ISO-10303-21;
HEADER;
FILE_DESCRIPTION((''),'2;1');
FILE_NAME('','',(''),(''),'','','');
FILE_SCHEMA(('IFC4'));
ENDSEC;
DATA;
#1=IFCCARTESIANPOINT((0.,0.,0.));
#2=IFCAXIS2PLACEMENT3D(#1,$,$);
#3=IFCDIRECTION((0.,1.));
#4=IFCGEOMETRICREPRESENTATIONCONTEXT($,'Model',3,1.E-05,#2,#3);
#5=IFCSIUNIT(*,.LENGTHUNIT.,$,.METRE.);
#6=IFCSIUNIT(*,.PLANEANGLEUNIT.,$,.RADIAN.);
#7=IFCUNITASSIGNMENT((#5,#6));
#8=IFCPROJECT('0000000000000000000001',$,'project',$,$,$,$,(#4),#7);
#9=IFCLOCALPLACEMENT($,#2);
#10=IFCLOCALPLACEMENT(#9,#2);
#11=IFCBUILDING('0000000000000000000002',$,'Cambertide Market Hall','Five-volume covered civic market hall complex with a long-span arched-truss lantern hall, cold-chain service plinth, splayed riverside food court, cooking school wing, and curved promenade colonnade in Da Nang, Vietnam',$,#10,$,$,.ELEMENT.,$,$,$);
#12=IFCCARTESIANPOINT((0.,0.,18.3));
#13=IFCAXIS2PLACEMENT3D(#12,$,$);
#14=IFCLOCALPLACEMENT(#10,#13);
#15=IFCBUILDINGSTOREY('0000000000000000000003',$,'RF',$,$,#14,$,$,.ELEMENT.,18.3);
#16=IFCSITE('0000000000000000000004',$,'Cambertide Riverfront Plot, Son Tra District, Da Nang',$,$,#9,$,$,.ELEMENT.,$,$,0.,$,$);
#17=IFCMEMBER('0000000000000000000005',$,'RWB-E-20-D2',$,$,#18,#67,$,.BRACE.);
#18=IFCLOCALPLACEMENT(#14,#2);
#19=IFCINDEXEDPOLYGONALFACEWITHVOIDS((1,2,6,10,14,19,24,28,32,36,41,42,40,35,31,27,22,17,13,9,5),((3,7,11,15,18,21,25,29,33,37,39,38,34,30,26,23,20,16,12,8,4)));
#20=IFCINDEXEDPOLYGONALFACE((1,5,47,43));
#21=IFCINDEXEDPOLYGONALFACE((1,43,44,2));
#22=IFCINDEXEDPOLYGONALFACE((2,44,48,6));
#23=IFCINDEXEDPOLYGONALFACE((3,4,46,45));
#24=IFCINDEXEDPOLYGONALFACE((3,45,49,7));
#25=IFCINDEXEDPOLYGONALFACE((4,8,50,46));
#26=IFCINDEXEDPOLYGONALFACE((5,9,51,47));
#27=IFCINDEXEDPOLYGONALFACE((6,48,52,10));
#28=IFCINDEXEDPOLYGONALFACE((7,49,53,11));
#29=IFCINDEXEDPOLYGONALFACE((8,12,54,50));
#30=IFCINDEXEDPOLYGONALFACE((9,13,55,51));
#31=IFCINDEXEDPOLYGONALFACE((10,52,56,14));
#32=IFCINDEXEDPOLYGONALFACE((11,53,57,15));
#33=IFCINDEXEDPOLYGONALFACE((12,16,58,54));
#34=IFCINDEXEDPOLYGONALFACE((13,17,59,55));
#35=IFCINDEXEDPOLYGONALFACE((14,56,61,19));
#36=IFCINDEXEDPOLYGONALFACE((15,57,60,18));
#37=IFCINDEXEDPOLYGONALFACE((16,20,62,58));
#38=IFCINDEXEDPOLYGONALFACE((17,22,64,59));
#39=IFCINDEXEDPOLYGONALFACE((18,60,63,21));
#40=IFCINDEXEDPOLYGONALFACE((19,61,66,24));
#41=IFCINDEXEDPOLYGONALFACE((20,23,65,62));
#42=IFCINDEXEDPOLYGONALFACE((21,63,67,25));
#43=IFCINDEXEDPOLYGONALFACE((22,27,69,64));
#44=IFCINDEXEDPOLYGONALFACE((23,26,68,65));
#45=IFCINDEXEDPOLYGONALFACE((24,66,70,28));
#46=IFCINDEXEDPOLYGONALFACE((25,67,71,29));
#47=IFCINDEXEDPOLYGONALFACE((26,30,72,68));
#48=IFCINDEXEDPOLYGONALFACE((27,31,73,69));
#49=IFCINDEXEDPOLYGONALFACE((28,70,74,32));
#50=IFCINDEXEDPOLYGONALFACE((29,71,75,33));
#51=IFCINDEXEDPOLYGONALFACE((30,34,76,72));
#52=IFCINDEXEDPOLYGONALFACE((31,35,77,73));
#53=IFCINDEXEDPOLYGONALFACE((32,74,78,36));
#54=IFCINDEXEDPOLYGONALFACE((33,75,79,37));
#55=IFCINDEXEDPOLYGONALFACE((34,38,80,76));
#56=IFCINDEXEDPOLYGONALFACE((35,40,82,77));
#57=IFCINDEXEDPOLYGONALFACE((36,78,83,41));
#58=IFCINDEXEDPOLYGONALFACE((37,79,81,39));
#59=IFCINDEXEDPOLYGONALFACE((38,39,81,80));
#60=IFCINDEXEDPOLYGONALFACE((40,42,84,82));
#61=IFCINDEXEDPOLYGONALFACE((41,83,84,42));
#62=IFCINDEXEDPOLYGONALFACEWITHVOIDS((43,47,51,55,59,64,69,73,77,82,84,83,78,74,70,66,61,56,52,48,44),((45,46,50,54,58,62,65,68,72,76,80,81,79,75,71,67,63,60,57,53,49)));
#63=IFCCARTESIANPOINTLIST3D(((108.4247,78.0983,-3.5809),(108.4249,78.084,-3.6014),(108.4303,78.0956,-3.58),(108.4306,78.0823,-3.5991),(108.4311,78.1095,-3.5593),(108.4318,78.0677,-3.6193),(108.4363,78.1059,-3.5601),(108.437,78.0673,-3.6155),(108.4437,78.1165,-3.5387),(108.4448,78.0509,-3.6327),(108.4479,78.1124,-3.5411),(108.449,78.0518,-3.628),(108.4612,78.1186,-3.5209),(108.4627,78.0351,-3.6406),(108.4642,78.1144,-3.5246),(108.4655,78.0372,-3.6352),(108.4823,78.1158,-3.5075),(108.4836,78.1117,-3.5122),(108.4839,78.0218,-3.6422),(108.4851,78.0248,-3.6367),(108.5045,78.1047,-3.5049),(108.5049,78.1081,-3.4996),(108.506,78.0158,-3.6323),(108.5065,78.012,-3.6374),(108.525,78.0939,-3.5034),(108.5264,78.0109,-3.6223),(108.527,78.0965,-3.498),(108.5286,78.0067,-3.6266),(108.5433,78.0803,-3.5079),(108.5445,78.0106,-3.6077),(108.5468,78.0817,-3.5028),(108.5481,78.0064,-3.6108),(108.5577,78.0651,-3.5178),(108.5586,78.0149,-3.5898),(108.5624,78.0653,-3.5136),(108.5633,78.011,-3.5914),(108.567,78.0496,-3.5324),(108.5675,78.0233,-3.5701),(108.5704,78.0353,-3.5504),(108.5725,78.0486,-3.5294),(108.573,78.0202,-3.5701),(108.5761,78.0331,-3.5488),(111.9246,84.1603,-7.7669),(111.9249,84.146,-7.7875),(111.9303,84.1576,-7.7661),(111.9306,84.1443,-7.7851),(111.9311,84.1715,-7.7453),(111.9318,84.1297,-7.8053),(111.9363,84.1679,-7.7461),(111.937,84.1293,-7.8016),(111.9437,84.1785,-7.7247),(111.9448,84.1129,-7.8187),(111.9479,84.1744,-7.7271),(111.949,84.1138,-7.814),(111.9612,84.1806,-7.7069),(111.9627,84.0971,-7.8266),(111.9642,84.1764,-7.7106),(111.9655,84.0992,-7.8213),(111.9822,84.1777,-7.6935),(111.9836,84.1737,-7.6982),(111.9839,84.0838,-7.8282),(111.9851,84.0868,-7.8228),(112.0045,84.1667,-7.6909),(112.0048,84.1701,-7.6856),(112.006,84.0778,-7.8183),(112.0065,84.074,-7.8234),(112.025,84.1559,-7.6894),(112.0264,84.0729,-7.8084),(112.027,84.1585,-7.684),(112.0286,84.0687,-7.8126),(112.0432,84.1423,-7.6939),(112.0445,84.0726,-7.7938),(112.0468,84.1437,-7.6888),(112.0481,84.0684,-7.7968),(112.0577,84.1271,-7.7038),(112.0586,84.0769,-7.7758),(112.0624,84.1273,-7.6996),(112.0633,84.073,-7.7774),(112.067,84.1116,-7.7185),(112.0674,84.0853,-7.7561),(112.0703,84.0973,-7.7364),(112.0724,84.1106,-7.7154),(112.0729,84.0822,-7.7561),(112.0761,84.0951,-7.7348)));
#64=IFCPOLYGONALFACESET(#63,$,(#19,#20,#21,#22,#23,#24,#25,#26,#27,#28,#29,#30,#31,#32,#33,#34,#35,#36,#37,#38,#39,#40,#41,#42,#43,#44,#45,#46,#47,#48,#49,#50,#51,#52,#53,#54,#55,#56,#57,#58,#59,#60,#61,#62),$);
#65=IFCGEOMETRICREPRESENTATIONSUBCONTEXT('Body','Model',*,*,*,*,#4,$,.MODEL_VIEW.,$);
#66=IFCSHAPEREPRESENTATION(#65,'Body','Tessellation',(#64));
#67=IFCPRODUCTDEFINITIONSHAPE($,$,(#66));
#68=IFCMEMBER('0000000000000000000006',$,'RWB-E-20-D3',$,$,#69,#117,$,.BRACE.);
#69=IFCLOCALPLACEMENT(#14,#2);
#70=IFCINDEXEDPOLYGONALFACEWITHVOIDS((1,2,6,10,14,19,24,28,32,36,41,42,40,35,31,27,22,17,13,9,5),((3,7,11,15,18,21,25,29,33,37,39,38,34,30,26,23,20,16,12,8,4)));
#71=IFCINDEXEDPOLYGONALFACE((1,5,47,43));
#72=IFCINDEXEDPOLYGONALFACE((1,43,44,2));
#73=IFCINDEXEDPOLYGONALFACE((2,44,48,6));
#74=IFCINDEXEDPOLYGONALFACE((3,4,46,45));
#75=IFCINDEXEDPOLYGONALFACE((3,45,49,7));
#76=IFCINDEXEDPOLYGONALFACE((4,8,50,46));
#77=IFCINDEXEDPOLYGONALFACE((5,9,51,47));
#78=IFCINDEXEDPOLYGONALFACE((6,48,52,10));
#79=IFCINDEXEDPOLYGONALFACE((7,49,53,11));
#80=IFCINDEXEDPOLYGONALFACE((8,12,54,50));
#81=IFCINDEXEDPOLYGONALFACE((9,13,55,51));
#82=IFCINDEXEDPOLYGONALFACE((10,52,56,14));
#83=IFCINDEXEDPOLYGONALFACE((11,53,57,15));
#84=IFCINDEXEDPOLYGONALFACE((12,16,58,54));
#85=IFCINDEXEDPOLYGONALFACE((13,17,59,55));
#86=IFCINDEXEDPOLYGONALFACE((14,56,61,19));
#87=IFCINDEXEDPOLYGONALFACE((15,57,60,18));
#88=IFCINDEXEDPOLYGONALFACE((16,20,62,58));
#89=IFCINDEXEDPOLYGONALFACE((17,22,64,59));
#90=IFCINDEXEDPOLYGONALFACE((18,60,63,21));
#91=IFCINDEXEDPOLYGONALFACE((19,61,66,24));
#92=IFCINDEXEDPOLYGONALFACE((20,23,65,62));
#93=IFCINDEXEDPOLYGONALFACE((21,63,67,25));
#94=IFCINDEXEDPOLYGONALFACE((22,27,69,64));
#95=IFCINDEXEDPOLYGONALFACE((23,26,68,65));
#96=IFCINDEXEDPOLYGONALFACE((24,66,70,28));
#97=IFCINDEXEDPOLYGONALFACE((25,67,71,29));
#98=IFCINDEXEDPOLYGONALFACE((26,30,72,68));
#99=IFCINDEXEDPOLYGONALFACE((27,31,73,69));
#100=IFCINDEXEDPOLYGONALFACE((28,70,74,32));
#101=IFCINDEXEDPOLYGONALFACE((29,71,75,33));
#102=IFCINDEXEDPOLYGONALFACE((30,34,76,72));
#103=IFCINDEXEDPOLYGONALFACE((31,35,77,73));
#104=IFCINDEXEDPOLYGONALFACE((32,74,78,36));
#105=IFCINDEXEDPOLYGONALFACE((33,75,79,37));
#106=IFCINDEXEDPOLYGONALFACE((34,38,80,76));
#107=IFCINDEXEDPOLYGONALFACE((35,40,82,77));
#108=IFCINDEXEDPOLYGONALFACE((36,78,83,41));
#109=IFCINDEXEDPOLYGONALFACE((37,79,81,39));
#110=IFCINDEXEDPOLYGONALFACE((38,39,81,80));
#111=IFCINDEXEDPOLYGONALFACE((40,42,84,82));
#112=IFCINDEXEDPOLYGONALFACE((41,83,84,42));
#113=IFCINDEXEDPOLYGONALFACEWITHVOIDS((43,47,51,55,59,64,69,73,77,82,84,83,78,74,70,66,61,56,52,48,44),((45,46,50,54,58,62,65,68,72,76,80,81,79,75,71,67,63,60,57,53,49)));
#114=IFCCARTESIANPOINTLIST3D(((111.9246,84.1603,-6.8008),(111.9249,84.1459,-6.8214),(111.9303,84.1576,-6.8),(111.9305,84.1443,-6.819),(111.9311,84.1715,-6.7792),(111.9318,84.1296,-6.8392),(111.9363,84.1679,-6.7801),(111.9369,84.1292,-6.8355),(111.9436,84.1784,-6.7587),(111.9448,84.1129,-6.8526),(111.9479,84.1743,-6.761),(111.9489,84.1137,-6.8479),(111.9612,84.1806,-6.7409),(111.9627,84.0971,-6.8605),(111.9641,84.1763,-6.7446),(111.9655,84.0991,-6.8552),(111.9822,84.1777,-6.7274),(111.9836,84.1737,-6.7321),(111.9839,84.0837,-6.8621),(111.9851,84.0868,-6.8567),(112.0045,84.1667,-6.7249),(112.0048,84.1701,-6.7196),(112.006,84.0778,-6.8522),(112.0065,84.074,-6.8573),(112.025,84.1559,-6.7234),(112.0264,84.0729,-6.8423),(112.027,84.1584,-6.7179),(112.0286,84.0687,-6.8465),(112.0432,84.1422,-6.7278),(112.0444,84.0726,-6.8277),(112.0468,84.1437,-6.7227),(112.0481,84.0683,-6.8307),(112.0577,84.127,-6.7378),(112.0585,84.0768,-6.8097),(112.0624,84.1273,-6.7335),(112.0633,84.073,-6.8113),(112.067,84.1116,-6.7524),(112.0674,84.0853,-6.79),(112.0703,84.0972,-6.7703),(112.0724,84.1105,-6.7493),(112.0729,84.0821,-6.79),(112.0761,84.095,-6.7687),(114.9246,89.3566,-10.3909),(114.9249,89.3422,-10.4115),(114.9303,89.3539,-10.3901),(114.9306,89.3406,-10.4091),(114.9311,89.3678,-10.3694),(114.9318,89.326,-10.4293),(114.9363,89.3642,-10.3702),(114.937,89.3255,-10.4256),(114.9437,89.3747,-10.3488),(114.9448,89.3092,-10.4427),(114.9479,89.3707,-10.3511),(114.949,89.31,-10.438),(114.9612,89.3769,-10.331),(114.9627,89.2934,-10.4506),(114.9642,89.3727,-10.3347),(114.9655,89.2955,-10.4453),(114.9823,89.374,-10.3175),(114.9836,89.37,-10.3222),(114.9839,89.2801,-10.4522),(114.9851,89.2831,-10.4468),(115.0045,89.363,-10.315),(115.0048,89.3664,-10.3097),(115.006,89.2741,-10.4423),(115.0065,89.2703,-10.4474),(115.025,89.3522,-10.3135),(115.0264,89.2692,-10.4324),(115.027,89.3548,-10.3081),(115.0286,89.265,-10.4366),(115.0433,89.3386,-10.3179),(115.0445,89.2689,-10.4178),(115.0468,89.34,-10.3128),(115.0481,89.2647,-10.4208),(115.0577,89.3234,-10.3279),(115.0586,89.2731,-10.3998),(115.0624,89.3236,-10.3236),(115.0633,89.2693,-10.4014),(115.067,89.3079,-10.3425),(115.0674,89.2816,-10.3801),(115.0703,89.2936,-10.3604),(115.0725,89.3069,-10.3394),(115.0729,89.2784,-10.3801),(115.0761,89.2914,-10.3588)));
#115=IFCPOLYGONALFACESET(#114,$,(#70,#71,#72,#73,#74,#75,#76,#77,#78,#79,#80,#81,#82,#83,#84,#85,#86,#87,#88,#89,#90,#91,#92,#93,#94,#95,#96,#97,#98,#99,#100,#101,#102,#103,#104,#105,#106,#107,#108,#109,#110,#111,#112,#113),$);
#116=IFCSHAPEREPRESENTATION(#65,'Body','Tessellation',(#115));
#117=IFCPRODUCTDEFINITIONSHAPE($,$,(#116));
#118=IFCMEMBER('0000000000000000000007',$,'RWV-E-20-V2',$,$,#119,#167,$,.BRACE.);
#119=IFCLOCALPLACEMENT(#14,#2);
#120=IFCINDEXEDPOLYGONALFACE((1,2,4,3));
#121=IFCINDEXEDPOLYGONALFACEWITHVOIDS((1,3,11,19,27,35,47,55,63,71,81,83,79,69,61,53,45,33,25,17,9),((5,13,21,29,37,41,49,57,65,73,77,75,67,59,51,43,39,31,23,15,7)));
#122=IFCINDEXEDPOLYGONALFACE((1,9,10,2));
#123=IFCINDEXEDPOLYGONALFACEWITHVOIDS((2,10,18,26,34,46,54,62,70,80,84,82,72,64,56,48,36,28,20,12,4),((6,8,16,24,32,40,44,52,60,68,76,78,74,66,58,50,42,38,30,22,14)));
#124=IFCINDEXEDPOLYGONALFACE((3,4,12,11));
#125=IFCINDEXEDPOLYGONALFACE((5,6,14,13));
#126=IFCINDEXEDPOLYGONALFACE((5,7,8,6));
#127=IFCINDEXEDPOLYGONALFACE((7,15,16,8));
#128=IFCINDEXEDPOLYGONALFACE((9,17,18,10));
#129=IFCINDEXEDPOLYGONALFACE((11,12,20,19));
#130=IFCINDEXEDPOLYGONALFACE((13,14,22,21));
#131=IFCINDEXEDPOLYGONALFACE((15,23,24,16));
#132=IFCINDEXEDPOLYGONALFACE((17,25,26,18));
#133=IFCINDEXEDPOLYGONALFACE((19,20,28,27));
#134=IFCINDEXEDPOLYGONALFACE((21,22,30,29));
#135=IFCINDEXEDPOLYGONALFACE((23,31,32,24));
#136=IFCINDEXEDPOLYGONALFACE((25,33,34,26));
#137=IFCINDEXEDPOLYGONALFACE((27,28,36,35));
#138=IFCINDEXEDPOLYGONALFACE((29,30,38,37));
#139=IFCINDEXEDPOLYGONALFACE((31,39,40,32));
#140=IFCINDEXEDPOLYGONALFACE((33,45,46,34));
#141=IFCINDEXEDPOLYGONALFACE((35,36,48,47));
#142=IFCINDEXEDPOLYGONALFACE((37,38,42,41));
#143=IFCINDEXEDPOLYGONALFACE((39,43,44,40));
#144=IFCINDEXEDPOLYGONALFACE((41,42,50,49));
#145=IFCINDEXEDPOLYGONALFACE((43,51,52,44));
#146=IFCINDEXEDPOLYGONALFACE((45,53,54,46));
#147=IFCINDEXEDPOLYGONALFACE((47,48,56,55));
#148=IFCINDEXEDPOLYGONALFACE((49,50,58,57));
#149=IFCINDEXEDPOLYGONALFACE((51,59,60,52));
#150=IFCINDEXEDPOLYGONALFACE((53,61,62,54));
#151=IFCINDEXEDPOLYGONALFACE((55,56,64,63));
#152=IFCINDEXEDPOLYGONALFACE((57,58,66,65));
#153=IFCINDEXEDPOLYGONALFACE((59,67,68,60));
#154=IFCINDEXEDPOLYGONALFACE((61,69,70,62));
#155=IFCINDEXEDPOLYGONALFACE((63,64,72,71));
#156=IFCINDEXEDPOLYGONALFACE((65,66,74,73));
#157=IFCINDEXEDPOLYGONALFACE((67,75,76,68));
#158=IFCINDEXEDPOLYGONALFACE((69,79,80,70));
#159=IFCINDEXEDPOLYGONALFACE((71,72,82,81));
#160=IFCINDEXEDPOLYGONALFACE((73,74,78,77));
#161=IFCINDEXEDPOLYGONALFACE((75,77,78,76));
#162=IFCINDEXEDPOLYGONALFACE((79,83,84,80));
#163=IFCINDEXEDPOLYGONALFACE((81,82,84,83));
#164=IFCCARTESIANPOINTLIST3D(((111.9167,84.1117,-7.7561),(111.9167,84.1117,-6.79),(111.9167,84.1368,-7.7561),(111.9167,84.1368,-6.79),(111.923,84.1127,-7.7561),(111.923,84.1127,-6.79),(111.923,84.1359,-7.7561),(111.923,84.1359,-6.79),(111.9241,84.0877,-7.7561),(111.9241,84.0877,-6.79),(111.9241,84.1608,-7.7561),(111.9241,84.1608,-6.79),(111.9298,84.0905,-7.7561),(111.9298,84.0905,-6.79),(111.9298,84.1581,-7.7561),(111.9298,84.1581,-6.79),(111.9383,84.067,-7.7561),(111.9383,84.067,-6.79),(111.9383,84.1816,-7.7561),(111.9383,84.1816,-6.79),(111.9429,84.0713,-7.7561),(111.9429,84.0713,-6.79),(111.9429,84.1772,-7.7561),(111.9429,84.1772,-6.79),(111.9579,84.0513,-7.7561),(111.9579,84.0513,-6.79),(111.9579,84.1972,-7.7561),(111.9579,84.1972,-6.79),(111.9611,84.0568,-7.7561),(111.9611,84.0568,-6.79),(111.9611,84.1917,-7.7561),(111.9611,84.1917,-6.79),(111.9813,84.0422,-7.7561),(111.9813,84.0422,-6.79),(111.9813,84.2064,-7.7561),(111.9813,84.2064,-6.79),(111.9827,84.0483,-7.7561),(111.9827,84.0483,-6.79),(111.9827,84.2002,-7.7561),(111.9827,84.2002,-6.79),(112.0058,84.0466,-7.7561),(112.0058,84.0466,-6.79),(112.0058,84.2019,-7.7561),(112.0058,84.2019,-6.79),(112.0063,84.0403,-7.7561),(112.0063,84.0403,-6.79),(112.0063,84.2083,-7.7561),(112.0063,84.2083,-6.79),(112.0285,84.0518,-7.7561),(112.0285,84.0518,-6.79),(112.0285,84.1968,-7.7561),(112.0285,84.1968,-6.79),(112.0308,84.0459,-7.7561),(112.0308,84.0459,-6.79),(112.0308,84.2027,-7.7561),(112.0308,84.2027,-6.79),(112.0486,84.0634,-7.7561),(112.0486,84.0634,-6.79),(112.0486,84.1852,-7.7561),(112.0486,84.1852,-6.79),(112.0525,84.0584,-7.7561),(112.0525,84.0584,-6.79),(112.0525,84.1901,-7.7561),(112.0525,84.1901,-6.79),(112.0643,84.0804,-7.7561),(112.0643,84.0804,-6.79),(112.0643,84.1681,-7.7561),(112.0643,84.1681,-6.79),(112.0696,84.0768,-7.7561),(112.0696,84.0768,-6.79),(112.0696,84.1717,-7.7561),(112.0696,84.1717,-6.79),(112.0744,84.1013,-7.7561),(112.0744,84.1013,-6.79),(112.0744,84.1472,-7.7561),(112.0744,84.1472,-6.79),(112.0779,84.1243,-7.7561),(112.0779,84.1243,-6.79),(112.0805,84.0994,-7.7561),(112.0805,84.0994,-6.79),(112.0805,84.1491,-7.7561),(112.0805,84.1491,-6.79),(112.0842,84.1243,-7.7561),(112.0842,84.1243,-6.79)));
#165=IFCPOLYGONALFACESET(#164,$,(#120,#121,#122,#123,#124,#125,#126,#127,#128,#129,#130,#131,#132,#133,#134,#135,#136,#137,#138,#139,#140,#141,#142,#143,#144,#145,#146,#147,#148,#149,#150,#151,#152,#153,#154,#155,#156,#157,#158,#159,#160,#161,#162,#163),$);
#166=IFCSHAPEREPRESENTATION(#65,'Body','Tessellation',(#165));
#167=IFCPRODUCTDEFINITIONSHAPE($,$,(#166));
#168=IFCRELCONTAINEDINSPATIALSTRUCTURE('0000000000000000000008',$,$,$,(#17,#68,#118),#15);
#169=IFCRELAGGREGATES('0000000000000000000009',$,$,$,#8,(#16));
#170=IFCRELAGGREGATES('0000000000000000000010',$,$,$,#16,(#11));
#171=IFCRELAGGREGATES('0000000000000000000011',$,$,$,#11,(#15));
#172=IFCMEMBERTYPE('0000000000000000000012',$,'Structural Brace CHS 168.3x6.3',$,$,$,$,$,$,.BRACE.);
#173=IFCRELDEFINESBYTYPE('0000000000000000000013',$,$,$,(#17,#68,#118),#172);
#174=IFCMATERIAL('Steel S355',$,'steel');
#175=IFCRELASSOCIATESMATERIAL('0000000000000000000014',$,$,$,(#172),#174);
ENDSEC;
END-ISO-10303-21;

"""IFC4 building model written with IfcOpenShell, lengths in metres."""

from ifc_helpers import new_model, si_unit, direction, frame, origin, origin_2d, place, context, subcontext, project, spatial, hollow_circle, extrude, material, material_profile, profile_set, type_object, element, save


model = new_model("IFC4")

# Units and contexts
model_context = context("Model", 3, precision=1e-05, world=origin(), true_north=direction((0.0, 1.0)))
body_context = subcontext(model_context, "Body", "Model", "MODEL_VIEW")
ifc_project = project(units=[si_unit("LENGTHUNIT", "METRE"), si_unit("PLANEANGLEUNIT", "RADIAN")], contexts=[model_context])

# Site, building, storey
site_placement = place(None, origin())
site = spatial("IfcSite", under=ifc_project, at=site_placement, Name="Cambertide Riverfront Plot, Son Tra District, Da Nang", CompositionType="ELEMENT", RefElevation=0.0)
building_placement = place(site_placement, origin())
building = spatial("IfcBuilding", under=site, at=building_placement, Name="Cambertide Market Hall", Description="Five-volume covered civic market hall complex with a long-span arched-truss lantern hall, cold-chain service plinth, splayed riverside food court, cooking school wing, and curved promenade colonnade in Da Nang, Vietnam", CompositionType="ELEMENT")
storey_placement = place(building_placement, frame((0.0, 0.0, 18.3)))
storey = spatial("IfcBuildingStorey", under=building, at=storey_placement, Name="RF", CompositionType="ELEMENT", Elevation=18.3)

# Members
ifc_material_1 = material(Name="Steel S355", Category="steel")
ifc_material_profile_1 = material_profile(ifc_material_1, hollow_circle(Radius=0.0842, WallThickness=0.0063, at=origin_2d()), Name="CHS 168.3x6.3")
ifc_profile_set_1 = profile_set([ifc_material_profile_1], Name="Steel S355")
member_type_1 = type_object("IfcMemberType", Name="Structural Brace CHS 168.3x6.3", PredefinedType="BRACE", material=ifc_profile_set_1)
member_1_placement = place(storey_placement, frame((112.0, 84.1243, -7.7561), z_axis=(-0.42913, -0.743255, 0.513244), x_axis=(0.866019, -0.50001, 0.0)))
element("IfcMember", 1, at=member_1_placement, inside=storey, type_object=member_type_1, Name="RWB-E-20-D2", PredefinedType="BRACE", context=body_context, shape_type="SweptSolid", body=[
    extrude(hollow_circle(Radius=0.0842, WallThickness=0.0063, at=origin_2d()), origin(), (0.0, 0.0, 1.0), 8.156),
])
member_2_placement = place(storey_placement, frame((115.0, 89.3206, -10.3801), z_axis=(-0.429053, -0.74316, 0.513446), x_axis=(0.866031, -0.49999, 0.0)))
element("IfcMember", 2, at=member_2_placement, inside=storey, type_object=member_type_1, Name="RWB-E-20-D3", PredefinedType="BRACE", context=body_context, shape_type="SweptSolid", body=[
    extrude(hollow_circle(Radius=0.0842, WallThickness=0.0063, at=origin_2d()), origin(), (0.0, 0.0, 1.0), 6.9922),
])
member_3_placement = place(storey_placement, frame((112.0, 84.1243, -7.7561), z_axis=(0.0, 0.0, 1.0), x_axis=(1.0, 0.0, 0.0)))
element("IfcMember", 3, at=member_3_placement, inside=storey, type_object=member_type_1, Name="RWV-E-20-V2", PredefinedType="BRACE", context=body_context, shape_type="SweptSolid", body=[
    extrude(hollow_circle(Radius=0.0842, WallThickness=0.0063, at=origin_2d()), origin(), (0.0, 0.0, 1.0), 0.9661),
])

save(model, "model.ifc")
